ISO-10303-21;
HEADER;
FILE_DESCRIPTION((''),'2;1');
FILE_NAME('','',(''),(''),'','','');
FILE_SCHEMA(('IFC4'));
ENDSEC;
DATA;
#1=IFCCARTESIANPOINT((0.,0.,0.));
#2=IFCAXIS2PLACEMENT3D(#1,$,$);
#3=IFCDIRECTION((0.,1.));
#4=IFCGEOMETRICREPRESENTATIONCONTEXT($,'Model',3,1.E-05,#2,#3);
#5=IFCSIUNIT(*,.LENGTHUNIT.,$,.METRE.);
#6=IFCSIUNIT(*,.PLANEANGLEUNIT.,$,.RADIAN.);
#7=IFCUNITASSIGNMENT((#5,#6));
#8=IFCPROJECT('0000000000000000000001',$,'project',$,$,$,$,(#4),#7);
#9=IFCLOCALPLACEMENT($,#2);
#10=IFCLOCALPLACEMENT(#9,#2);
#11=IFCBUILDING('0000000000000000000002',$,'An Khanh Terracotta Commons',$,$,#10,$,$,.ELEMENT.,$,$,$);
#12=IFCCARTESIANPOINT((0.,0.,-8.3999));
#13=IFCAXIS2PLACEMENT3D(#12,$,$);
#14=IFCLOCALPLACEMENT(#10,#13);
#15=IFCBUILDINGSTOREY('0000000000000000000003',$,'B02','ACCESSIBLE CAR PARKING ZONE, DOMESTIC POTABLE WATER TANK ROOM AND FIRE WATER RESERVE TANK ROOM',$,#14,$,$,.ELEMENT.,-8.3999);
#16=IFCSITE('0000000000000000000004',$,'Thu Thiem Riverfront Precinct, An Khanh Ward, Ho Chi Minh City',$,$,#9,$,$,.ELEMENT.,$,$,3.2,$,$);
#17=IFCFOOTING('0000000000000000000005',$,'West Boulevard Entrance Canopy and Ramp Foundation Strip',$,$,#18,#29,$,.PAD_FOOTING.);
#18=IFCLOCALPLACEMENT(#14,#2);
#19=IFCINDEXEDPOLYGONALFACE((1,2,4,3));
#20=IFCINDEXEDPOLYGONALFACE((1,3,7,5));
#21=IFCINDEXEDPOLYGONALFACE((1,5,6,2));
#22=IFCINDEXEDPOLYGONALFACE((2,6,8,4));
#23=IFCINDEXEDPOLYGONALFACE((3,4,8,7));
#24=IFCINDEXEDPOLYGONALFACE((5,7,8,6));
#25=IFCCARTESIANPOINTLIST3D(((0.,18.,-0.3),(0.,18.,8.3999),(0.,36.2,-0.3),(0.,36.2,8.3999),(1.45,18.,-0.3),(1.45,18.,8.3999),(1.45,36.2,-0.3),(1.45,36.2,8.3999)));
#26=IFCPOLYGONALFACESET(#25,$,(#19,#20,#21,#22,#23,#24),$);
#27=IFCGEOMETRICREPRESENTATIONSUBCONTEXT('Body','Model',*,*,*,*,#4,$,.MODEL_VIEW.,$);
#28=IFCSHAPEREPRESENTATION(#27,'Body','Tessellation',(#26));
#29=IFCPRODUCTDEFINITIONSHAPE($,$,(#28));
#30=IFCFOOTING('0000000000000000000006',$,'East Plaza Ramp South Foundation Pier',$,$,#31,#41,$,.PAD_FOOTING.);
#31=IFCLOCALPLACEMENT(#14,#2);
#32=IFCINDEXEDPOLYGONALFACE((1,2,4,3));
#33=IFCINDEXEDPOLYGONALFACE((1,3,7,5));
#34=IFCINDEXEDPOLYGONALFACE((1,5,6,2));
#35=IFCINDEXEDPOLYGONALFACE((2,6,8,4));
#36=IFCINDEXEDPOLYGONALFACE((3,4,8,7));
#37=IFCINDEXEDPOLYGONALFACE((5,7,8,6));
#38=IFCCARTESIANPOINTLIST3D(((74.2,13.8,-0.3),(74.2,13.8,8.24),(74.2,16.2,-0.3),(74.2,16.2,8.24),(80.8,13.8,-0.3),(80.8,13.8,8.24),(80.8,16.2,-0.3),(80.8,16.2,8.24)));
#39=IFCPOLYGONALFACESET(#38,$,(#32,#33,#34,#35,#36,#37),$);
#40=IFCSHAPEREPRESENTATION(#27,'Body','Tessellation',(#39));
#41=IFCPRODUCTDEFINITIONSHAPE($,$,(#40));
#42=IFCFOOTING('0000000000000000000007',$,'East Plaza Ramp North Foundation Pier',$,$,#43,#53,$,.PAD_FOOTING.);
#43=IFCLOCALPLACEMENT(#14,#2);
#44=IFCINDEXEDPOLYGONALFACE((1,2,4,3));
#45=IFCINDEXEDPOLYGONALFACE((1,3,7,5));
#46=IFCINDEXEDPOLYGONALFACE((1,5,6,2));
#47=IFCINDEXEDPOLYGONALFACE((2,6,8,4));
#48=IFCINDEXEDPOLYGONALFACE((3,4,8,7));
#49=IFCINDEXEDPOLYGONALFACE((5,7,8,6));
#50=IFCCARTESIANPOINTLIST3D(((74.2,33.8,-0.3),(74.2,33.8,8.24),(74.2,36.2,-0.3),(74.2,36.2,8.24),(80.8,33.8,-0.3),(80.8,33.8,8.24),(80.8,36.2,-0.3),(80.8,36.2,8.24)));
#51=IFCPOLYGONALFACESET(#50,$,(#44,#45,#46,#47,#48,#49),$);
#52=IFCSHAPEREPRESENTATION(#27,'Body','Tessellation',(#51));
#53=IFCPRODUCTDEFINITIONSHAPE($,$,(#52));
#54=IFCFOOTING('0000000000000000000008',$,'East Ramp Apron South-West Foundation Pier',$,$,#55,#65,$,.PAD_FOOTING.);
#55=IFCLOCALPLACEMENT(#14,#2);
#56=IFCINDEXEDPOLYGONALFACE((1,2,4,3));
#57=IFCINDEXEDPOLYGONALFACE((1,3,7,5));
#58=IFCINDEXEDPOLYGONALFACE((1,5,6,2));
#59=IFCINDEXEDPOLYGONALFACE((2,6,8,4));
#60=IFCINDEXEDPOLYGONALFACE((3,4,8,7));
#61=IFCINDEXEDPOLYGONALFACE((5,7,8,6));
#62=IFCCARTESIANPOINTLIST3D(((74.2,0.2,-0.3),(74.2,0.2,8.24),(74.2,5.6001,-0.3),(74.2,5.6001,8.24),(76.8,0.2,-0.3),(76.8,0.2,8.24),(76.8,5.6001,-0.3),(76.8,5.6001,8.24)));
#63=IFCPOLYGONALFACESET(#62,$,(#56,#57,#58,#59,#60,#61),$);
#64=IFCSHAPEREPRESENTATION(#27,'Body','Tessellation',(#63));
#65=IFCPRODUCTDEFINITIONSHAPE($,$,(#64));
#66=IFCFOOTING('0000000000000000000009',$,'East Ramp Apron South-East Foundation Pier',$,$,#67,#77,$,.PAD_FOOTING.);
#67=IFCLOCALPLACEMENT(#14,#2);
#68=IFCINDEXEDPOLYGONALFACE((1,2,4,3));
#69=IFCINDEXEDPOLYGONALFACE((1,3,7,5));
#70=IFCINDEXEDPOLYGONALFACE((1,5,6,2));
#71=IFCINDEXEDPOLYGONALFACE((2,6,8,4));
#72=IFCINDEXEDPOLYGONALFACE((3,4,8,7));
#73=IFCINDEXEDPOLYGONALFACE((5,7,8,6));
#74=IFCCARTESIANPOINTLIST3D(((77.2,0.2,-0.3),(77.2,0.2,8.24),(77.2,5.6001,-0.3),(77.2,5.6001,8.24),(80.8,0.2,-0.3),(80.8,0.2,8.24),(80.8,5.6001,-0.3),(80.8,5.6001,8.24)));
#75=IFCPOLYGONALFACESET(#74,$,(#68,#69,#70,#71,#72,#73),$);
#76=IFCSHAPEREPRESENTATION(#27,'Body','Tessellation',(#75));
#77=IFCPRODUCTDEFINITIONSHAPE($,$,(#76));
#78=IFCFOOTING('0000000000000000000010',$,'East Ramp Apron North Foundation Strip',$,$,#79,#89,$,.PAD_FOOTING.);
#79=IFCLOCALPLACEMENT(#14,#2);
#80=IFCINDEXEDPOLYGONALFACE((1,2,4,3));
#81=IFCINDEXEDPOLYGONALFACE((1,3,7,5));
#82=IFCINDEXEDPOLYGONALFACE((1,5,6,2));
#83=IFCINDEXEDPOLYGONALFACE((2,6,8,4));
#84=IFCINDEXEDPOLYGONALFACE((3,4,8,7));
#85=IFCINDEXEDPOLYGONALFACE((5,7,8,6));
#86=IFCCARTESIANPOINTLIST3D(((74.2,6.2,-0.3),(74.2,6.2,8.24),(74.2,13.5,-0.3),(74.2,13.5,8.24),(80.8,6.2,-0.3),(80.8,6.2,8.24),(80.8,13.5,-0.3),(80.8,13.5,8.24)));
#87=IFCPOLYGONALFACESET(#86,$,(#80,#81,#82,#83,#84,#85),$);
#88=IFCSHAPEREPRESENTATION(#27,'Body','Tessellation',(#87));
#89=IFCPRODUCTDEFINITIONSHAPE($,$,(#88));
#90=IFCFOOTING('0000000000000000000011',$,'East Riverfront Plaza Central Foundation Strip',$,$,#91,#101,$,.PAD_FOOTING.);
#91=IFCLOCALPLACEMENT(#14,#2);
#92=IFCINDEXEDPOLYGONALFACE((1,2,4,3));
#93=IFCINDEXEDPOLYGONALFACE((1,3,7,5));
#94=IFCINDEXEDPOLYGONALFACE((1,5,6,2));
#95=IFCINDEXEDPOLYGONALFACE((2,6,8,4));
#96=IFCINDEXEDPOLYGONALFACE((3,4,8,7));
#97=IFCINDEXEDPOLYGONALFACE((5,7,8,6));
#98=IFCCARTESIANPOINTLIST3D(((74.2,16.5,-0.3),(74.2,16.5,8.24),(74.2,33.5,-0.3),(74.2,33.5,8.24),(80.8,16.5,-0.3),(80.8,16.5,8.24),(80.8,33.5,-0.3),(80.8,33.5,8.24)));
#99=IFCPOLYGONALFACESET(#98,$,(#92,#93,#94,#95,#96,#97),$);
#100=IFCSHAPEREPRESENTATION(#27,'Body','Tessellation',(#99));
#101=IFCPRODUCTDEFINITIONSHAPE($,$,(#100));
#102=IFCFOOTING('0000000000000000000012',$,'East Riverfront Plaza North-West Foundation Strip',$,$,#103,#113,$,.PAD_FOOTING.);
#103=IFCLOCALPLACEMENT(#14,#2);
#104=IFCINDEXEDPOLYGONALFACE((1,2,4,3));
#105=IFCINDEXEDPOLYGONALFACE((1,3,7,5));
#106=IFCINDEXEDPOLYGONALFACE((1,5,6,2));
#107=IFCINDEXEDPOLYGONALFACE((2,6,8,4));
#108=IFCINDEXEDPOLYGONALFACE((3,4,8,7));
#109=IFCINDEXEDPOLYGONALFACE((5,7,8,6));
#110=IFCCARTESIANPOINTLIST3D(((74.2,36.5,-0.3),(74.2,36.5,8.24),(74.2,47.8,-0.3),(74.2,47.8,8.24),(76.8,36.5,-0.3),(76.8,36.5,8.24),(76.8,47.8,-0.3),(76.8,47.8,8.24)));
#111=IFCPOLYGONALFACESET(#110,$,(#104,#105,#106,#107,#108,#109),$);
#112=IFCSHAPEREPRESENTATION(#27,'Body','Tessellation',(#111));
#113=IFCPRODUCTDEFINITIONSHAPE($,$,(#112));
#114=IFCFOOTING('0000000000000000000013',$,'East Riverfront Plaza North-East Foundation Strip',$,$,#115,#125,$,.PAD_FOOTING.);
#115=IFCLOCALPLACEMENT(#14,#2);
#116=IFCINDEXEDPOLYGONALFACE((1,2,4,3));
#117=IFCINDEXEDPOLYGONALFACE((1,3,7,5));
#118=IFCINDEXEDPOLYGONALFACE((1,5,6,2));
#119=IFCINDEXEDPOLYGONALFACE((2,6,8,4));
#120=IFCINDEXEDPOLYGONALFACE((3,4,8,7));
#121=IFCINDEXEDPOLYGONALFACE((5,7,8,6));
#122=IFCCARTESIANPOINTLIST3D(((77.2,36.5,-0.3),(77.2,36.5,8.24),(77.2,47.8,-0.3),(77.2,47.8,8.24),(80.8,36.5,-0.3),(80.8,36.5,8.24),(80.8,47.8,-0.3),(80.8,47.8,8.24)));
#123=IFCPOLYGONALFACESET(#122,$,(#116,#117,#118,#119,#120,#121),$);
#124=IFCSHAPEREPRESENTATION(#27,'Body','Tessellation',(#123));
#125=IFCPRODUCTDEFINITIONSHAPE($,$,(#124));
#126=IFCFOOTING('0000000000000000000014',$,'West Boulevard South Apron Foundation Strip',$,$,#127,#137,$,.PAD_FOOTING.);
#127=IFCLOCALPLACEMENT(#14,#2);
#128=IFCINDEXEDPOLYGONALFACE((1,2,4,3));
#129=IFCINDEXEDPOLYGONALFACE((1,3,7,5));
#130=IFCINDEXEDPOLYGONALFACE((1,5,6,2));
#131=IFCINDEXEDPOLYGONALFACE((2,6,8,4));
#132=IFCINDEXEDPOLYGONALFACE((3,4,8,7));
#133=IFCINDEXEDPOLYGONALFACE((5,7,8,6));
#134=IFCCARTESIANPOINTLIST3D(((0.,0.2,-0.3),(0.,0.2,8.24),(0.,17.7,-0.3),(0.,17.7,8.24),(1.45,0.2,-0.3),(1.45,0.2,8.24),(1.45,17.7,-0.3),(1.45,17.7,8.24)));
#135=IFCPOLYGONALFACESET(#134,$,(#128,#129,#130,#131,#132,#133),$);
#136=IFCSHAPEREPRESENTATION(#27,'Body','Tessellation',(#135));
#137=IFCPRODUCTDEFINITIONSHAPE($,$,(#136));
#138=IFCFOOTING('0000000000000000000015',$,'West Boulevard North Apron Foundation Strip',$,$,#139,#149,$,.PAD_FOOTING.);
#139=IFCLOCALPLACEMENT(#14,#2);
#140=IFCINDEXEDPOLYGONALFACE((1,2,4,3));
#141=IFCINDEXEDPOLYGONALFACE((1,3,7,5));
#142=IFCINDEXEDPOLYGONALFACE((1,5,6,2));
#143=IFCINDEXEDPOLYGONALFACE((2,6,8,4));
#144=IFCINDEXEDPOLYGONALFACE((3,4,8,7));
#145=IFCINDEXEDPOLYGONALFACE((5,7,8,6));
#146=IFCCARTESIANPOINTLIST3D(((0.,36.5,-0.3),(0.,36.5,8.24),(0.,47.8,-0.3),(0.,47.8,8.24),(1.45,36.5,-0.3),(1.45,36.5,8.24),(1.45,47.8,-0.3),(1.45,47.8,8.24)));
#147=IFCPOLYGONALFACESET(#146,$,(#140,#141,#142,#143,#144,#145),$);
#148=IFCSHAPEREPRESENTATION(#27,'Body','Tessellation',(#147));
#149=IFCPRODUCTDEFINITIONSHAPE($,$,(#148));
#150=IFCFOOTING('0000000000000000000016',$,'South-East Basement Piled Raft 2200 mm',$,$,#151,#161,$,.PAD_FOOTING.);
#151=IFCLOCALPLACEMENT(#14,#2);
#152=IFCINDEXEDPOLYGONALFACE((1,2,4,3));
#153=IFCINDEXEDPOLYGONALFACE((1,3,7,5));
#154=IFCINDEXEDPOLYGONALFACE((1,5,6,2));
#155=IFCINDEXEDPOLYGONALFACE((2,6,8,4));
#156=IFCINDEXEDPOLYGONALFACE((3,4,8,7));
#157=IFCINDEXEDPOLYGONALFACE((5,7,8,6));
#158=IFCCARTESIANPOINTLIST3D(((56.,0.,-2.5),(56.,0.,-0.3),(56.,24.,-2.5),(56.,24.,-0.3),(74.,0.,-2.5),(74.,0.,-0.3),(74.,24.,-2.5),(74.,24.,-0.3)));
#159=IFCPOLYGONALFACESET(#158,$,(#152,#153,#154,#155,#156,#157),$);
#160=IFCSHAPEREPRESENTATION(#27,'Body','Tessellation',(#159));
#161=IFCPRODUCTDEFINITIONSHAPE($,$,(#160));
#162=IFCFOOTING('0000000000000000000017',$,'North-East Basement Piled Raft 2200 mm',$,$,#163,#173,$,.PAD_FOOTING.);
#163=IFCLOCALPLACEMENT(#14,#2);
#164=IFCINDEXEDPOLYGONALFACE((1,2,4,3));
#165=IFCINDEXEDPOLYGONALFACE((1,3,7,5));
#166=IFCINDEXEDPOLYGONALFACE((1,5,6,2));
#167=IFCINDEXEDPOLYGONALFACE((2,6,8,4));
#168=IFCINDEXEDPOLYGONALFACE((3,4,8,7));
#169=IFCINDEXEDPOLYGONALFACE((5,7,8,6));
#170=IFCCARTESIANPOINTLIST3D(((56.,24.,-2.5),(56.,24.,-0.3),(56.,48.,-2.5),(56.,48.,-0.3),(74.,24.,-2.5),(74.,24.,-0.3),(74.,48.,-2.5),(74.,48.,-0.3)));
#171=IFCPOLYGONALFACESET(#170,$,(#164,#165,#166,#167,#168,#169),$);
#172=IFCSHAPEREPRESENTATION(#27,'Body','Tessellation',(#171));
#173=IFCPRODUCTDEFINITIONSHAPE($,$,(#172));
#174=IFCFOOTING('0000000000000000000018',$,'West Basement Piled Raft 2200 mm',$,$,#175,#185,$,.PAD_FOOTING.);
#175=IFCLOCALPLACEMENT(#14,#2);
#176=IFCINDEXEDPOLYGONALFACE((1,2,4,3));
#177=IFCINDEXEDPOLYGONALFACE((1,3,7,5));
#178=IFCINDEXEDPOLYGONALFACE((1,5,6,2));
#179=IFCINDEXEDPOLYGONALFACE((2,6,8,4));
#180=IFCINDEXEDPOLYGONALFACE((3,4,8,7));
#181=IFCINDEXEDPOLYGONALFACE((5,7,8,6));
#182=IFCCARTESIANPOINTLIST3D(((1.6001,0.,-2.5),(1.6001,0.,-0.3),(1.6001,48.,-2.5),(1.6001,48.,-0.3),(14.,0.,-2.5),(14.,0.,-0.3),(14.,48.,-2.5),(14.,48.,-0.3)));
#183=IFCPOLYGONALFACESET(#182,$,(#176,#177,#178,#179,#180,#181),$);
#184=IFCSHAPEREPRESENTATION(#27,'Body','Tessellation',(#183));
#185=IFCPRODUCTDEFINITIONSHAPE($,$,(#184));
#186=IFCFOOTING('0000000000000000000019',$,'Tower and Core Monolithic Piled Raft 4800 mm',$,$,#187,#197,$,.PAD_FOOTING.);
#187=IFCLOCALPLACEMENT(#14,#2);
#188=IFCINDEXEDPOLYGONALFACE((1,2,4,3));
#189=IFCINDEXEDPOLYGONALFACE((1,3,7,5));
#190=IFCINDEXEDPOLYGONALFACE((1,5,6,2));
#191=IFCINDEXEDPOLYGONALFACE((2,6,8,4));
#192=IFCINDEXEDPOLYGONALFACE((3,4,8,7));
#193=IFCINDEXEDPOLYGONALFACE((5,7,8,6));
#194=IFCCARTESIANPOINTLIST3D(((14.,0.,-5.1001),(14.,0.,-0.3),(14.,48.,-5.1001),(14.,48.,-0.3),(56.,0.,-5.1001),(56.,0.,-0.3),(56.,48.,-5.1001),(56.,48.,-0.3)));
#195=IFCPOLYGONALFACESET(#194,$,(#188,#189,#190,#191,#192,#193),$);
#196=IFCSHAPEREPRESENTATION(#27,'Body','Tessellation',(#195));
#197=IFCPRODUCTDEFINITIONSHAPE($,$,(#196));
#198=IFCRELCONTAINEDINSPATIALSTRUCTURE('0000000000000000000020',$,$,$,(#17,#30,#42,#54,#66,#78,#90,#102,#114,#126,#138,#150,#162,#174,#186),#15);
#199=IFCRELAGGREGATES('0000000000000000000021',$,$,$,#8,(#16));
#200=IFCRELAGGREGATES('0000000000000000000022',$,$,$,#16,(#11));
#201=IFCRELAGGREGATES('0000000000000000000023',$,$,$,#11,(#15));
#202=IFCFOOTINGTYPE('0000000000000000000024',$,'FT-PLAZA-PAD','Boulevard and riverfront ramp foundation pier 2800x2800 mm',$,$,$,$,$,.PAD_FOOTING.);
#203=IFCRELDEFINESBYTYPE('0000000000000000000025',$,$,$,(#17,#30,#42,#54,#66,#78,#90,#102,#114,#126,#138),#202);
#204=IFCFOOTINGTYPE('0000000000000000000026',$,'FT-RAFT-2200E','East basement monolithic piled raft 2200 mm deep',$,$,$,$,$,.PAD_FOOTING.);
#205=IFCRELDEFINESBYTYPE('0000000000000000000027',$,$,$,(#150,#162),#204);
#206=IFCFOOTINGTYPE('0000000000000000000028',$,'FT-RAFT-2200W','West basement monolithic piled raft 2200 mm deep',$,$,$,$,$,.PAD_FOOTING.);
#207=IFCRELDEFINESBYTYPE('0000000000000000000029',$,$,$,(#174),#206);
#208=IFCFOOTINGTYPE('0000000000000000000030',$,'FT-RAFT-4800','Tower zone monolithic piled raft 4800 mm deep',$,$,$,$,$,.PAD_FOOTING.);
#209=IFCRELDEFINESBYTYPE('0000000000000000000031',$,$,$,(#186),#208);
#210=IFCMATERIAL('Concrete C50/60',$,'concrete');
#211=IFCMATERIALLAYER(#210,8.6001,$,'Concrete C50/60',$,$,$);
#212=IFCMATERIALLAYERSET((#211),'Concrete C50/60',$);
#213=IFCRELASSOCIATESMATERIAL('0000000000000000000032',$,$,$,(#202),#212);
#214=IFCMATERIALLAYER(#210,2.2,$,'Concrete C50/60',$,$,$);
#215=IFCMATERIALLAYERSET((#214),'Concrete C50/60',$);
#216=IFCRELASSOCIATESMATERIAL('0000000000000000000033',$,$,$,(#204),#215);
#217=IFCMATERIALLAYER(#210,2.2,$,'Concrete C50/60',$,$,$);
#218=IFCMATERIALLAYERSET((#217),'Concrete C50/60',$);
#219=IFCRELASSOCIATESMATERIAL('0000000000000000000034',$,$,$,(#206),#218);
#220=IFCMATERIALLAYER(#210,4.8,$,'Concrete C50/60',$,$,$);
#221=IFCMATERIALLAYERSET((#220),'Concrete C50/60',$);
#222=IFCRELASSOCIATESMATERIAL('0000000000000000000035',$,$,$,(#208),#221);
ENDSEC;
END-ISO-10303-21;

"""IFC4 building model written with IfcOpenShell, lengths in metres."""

from ifc_helpers import new_model, si_unit, direction, frame, origin, place, context, subcontext, project, spatial, polyline, outline, extrude, material, layer, layer_set, type_object, element, save


model = new_model("IFC4")

# Units and contexts
model_context = context("Model", 3, precision=1e-05, world=origin(), true_north=direction((0.0, 1.0)))
body_context = subcontext(model_context, "Body", "Model", "MODEL_VIEW")
ifc_project = project(units=[si_unit("LENGTHUNIT", "METRE"), si_unit("PLANEANGLEUNIT", "RADIAN")], contexts=[model_context])

# Site, building, storey
site_placement = place(None, origin())
site = spatial("IfcSite", under=ifc_project, at=site_placement, Name="Thu Thiem Riverfront Precinct, An Khanh Ward, Ho Chi Minh City", CompositionType="ELEMENT", RefElevation=3.2)
building_placement = place(site_placement, origin())
building = spatial("IfcBuilding", under=site, at=building_placement, Name="An Khanh Terracotta Commons", CompositionType="ELEMENT")
storey_placement = place(building_placement, frame((0.0, 0.0, -8.3999)))
storey = spatial("IfcBuildingStorey", under=building, at=storey_placement, Name="B02", Description="ACCESSIBLE CAR PARKING ZONE, DOMESTIC POTABLE WATER TANK ROOM AND FIRE WATER RESERVE TANK ROOM", CompositionType="ELEMENT", Elevation=-8.3999)

# Footings
ifc_material = material(Name="Concrete C50/60", Category="concrete")
ifc_layer_1 = layer(ifc_material, 8.6001, Name="Concrete C50/60")
ifc_layer_set_1 = layer_set([ifc_layer_1], Name="Concrete C50/60")
footing_type_1 = type_object("IfcFootingType", Name="FT-PLAZA-PAD", Description="Boulevard and riverfront ramp foundation pier 2800x2800 mm", PredefinedType="PAD_FOOTING", material=ifc_layer_set_1)
footing_1_placement = place(storey_placement, frame((0.0, 0.0, -0.3)))
element("IfcFooting", 1, at=footing_1_placement, inside=storey, type_object=footing_type_1, Name="West Boulevard Entrance Canopy and Ramp Foundation Strip", PredefinedType="PAD_FOOTING", context=body_context, shape_type="SweptSolid", body=[
    extrude(outline(polyline([(0.0, 18.0), (1.45, 18.0), (1.45, 36.2), (0.0, 36.2), (0.0, 18.0)])), origin(), (0.0, 0.0, 1.0), 8.7),
])
footing_2_placement = place(storey_placement, frame((0.0, 0.0, -0.3)))
element("IfcFooting", 2, at=footing_2_placement, inside=storey, type_object=footing_type_1, Name="East Plaza Ramp South Foundation Pier", PredefinedType="PAD_FOOTING", context=body_context, shape_type="SweptSolid", body=[
    extrude(outline(polyline([(74.2, 13.8), (80.8, 13.8), (80.8, 16.2), (74.2, 16.2), (74.2, 13.8)])), origin(), (0.0, 0.0, 1.0), 8.54),
])
footing_3_placement = place(storey_placement, frame((0.0, 0.0, -0.3)))
element("IfcFooting", 3, at=footing_3_placement, inside=storey, type_object=footing_type_1, Name="East Plaza Ramp North Foundation Pier", PredefinedType="PAD_FOOTING", context=body_context, shape_type="SweptSolid", body=[
    extrude(outline(polyline([(74.2, 33.8), (80.8, 33.8), (80.8, 36.2), (74.2, 36.2), (74.2, 33.8)])), origin(), (0.0, 0.0, 1.0), 8.54),
])
footing_4_placement = place(storey_placement, frame((0.0, 0.0, -0.3)))
element("IfcFooting", 4, at=footing_4_placement, inside=storey, type_object=footing_type_1, Name="East Ramp Apron South-West Foundation Pier", PredefinedType="PAD_FOOTING", context=body_context, shape_type="SweptSolid", body=[
    extrude(outline(polyline([(74.2, 0.2), (76.8, 0.2), (76.8, 5.6001), (74.2, 5.6001), (74.2, 0.2)])), origin(), (0.0, 0.0, 1.0), 8.54),
])
footing_5_placement = place(storey_placement, frame((0.0, 0.0, -0.3)))
element("IfcFooting", 5, at=footing_5_placement, inside=storey, type_object=footing_type_1, Name="East Ramp Apron South-East Foundation Pier", PredefinedType="PAD_FOOTING", context=body_context, shape_type="SweptSolid", body=[
    extrude(outline(polyline([(77.2, 0.2), (80.8, 0.2), (80.8, 5.6001), (77.2, 5.6001), (77.2, 0.2)])), origin(), (0.0, 0.0, 1.0), 8.54),
])
footing_6_placement = place(storey_placement, frame((0.0, 0.0, -0.3)))
element("IfcFooting", 6, at=footing_6_placement, inside=storey, type_object=footing_type_1, Name="East Ramp Apron North Foundation Strip", PredefinedType="PAD_FOOTING", context=body_context, shape_type="SweptSolid", body=[
    extrude(outline(polyline([(74.2, 6.2), (80.8, 6.2), (80.8, 13.5), (74.2, 13.5), (74.2, 6.2)])), origin(), (0.0, 0.0, 1.0), 8.54),
])
footing_7_placement = place(storey_placement, frame((0.0, 0.0, -0.3)))
element("IfcFooting", 7, at=footing_7_placement, inside=storey, type_object=footing_type_1, Name="East Riverfront Plaza Central Foundation Strip", PredefinedType="PAD_FOOTING", context=body_context, shape_type="SweptSolid", body=[
    extrude(outline(polyline([(74.2, 16.5), (80.8, 16.5), (80.8, 33.5), (74.2, 33.5), (74.2, 16.5)])), origin(), (0.0, 0.0, 1.0), 8.54),
])
footing_8_placement = place(storey_placement, frame((0.0, 0.0, -0.3)))
element("IfcFooting", 8, at=footing_8_placement, inside=storey, type_object=footing_type_1, Name="East Riverfront Plaza North-West Foundation Strip", PredefinedType="PAD_FOOTING", context=body_context, shape_type="SweptSolid", body=[
    extrude(outline(polyline([(74.2, 36.5), (76.8, 36.5), (76.8, 47.8), (74.2, 47.8), (74.2, 36.5)])), origin(), (0.0, 0.0, 1.0), 8.54),
])
footing_9_placement = place(storey_placement, frame((0.0, 0.0, -0.3)))
element("IfcFooting", 9, at=footing_9_placement, inside=storey, type_object=footing_type_1, Name="East Riverfront Plaza North-East Foundation Strip", PredefinedType="PAD_FOOTING", context=body_context, shape_type="SweptSolid", body=[
    extrude(outline(polyline([(77.2, 36.5), (80.8, 36.5), (80.8, 47.8), (77.2, 47.8), (77.2, 36.5)])), origin(), (0.0, 0.0, 1.0), 8.54),
])
footing_10_placement = place(storey_placement, frame((0.0, 0.0, -0.3)))
element("IfcFooting", 10, at=footing_10_placement, inside=storey, type_object=footing_type_1, Name="West Boulevard South Apron Foundation Strip", PredefinedType="PAD_FOOTING", context=body_context, shape_type="SweptSolid", body=[
    extrude(outline(polyline([(0.0, 0.2), (1.45, 0.2), (1.45, 17.7), (0.0, 17.7), (0.0, 0.2)])), origin(), (0.0, 0.0, 1.0), 8.54),
])
footing_11_placement = place(storey_placement, frame((0.0, 0.0, -0.3)))
element("IfcFooting", 11, at=footing_11_placement, inside=storey, type_object=footing_type_1, Name="West Boulevard North Apron Foundation Strip", PredefinedType="PAD_FOOTING", context=body_context, shape_type="SweptSolid", body=[
    extrude(outline(polyline([(0.0, 36.5), (1.45, 36.5), (1.45, 47.8), (0.0, 47.8), (0.0, 36.5)])), origin(), (0.0, 0.0, 1.0), 8.54),
])
ifc_layer_2 = layer(ifc_material, 2.2, Name="Concrete C50/60")
ifc_layer_set_2 = layer_set([ifc_layer_2], Name="Concrete C50/60")
footing_type_2 = type_object("IfcFootingType", Name="FT-RAFT-2200E", Description="East basement monolithic piled raft 2200 mm deep", PredefinedType="PAD_FOOTING", material=ifc_layer_set_2)
footing_12_placement = place(storey_placement, frame((0.0, 0.0, -2.5)))
element("IfcFooting", 12, at=footing_12_placement, inside=storey, type_object=footing_type_2, Name="South-East Basement Piled Raft 2200 mm", PredefinedType="PAD_FOOTING", context=body_context, shape_type="SweptSolid", body=[
    extrude(outline(polyline([(56.0, 0.0), (74.0, 0.0), (74.0, 24.0), (56.0, 24.0), (56.0, 0.0)])), origin(), (0.0, 0.0, 1.0), 2.2),
])
footing_13_placement = place(storey_placement, frame((0.0, 0.0, -2.5)))
element("IfcFooting", 13, at=footing_13_placement, inside=storey, type_object=footing_type_2, Name="North-East Basement Piled Raft 2200 mm", PredefinedType="PAD_FOOTING", context=body_context, shape_type="SweptSolid", body=[
    extrude(outline(polyline([(56.0, 24.0), (74.0, 24.0), (74.0, 48.0), (56.0, 48.0), (56.0, 24.0)])), origin(), (0.0, 0.0, 1.0), 2.2),
])
ifc_layer_3 = layer(ifc_material, 2.2, Name="Concrete C50/60")
ifc_layer_set_3 = layer_set([ifc_layer_3], Name="Concrete C50/60")
footing_type_3 = type_object("IfcFootingType", Name="FT-RAFT-2200W", Description="West basement monolithic piled raft 2200 mm deep", PredefinedType="PAD_FOOTING", material=ifc_layer_set_3)
footing_14_placement = place(storey_placement, frame((0.0, 0.0, -2.5)))
element("IfcFooting", 14, at=footing_14_placement, inside=storey, type_object=footing_type_3, Name="West Basement Piled Raft 2200 mm", PredefinedType="PAD_FOOTING", context=body_context, shape_type="SweptSolid", body=[
    extrude(outline(polyline([(1.6001, 0.0), (14.0, 0.0), (14.0, 48.0), (1.6001, 48.0), (1.6001, 0.0)])), origin(), (0.0, 0.0, 1.0), 2.2),
])
ifc_layer_4 = layer(ifc_material, 4.8, Name="Concrete C50/60")
ifc_layer_set_4 = layer_set([ifc_layer_4], Name="Concrete C50/60")
footing_type_4 = type_object("IfcFootingType", Name="FT-RAFT-4800", Description="Tower zone monolithic piled raft 4800 mm deep", PredefinedType="PAD_FOOTING", material=ifc_layer_set_4)
footing_15_placement = place(storey_placement, frame((0.0, 0.0, -5.1001)))
element("IfcFooting", 15, at=footing_15_placement, inside=storey, type_object=footing_type_4, Name="Tower and Core Monolithic Piled Raft 4800 mm", PredefinedType="PAD_FOOTING", context=body_context, shape_type="SweptSolid", body=[
    extrude(outline(polyline([(14.0, 0.0), (56.0, 0.0), (56.0, 48.0), (14.0, 48.0), (14.0, 0.0)])), origin(), (0.0, 0.0, 1.0), 4.8),
])

save(model, "model.ifc")
